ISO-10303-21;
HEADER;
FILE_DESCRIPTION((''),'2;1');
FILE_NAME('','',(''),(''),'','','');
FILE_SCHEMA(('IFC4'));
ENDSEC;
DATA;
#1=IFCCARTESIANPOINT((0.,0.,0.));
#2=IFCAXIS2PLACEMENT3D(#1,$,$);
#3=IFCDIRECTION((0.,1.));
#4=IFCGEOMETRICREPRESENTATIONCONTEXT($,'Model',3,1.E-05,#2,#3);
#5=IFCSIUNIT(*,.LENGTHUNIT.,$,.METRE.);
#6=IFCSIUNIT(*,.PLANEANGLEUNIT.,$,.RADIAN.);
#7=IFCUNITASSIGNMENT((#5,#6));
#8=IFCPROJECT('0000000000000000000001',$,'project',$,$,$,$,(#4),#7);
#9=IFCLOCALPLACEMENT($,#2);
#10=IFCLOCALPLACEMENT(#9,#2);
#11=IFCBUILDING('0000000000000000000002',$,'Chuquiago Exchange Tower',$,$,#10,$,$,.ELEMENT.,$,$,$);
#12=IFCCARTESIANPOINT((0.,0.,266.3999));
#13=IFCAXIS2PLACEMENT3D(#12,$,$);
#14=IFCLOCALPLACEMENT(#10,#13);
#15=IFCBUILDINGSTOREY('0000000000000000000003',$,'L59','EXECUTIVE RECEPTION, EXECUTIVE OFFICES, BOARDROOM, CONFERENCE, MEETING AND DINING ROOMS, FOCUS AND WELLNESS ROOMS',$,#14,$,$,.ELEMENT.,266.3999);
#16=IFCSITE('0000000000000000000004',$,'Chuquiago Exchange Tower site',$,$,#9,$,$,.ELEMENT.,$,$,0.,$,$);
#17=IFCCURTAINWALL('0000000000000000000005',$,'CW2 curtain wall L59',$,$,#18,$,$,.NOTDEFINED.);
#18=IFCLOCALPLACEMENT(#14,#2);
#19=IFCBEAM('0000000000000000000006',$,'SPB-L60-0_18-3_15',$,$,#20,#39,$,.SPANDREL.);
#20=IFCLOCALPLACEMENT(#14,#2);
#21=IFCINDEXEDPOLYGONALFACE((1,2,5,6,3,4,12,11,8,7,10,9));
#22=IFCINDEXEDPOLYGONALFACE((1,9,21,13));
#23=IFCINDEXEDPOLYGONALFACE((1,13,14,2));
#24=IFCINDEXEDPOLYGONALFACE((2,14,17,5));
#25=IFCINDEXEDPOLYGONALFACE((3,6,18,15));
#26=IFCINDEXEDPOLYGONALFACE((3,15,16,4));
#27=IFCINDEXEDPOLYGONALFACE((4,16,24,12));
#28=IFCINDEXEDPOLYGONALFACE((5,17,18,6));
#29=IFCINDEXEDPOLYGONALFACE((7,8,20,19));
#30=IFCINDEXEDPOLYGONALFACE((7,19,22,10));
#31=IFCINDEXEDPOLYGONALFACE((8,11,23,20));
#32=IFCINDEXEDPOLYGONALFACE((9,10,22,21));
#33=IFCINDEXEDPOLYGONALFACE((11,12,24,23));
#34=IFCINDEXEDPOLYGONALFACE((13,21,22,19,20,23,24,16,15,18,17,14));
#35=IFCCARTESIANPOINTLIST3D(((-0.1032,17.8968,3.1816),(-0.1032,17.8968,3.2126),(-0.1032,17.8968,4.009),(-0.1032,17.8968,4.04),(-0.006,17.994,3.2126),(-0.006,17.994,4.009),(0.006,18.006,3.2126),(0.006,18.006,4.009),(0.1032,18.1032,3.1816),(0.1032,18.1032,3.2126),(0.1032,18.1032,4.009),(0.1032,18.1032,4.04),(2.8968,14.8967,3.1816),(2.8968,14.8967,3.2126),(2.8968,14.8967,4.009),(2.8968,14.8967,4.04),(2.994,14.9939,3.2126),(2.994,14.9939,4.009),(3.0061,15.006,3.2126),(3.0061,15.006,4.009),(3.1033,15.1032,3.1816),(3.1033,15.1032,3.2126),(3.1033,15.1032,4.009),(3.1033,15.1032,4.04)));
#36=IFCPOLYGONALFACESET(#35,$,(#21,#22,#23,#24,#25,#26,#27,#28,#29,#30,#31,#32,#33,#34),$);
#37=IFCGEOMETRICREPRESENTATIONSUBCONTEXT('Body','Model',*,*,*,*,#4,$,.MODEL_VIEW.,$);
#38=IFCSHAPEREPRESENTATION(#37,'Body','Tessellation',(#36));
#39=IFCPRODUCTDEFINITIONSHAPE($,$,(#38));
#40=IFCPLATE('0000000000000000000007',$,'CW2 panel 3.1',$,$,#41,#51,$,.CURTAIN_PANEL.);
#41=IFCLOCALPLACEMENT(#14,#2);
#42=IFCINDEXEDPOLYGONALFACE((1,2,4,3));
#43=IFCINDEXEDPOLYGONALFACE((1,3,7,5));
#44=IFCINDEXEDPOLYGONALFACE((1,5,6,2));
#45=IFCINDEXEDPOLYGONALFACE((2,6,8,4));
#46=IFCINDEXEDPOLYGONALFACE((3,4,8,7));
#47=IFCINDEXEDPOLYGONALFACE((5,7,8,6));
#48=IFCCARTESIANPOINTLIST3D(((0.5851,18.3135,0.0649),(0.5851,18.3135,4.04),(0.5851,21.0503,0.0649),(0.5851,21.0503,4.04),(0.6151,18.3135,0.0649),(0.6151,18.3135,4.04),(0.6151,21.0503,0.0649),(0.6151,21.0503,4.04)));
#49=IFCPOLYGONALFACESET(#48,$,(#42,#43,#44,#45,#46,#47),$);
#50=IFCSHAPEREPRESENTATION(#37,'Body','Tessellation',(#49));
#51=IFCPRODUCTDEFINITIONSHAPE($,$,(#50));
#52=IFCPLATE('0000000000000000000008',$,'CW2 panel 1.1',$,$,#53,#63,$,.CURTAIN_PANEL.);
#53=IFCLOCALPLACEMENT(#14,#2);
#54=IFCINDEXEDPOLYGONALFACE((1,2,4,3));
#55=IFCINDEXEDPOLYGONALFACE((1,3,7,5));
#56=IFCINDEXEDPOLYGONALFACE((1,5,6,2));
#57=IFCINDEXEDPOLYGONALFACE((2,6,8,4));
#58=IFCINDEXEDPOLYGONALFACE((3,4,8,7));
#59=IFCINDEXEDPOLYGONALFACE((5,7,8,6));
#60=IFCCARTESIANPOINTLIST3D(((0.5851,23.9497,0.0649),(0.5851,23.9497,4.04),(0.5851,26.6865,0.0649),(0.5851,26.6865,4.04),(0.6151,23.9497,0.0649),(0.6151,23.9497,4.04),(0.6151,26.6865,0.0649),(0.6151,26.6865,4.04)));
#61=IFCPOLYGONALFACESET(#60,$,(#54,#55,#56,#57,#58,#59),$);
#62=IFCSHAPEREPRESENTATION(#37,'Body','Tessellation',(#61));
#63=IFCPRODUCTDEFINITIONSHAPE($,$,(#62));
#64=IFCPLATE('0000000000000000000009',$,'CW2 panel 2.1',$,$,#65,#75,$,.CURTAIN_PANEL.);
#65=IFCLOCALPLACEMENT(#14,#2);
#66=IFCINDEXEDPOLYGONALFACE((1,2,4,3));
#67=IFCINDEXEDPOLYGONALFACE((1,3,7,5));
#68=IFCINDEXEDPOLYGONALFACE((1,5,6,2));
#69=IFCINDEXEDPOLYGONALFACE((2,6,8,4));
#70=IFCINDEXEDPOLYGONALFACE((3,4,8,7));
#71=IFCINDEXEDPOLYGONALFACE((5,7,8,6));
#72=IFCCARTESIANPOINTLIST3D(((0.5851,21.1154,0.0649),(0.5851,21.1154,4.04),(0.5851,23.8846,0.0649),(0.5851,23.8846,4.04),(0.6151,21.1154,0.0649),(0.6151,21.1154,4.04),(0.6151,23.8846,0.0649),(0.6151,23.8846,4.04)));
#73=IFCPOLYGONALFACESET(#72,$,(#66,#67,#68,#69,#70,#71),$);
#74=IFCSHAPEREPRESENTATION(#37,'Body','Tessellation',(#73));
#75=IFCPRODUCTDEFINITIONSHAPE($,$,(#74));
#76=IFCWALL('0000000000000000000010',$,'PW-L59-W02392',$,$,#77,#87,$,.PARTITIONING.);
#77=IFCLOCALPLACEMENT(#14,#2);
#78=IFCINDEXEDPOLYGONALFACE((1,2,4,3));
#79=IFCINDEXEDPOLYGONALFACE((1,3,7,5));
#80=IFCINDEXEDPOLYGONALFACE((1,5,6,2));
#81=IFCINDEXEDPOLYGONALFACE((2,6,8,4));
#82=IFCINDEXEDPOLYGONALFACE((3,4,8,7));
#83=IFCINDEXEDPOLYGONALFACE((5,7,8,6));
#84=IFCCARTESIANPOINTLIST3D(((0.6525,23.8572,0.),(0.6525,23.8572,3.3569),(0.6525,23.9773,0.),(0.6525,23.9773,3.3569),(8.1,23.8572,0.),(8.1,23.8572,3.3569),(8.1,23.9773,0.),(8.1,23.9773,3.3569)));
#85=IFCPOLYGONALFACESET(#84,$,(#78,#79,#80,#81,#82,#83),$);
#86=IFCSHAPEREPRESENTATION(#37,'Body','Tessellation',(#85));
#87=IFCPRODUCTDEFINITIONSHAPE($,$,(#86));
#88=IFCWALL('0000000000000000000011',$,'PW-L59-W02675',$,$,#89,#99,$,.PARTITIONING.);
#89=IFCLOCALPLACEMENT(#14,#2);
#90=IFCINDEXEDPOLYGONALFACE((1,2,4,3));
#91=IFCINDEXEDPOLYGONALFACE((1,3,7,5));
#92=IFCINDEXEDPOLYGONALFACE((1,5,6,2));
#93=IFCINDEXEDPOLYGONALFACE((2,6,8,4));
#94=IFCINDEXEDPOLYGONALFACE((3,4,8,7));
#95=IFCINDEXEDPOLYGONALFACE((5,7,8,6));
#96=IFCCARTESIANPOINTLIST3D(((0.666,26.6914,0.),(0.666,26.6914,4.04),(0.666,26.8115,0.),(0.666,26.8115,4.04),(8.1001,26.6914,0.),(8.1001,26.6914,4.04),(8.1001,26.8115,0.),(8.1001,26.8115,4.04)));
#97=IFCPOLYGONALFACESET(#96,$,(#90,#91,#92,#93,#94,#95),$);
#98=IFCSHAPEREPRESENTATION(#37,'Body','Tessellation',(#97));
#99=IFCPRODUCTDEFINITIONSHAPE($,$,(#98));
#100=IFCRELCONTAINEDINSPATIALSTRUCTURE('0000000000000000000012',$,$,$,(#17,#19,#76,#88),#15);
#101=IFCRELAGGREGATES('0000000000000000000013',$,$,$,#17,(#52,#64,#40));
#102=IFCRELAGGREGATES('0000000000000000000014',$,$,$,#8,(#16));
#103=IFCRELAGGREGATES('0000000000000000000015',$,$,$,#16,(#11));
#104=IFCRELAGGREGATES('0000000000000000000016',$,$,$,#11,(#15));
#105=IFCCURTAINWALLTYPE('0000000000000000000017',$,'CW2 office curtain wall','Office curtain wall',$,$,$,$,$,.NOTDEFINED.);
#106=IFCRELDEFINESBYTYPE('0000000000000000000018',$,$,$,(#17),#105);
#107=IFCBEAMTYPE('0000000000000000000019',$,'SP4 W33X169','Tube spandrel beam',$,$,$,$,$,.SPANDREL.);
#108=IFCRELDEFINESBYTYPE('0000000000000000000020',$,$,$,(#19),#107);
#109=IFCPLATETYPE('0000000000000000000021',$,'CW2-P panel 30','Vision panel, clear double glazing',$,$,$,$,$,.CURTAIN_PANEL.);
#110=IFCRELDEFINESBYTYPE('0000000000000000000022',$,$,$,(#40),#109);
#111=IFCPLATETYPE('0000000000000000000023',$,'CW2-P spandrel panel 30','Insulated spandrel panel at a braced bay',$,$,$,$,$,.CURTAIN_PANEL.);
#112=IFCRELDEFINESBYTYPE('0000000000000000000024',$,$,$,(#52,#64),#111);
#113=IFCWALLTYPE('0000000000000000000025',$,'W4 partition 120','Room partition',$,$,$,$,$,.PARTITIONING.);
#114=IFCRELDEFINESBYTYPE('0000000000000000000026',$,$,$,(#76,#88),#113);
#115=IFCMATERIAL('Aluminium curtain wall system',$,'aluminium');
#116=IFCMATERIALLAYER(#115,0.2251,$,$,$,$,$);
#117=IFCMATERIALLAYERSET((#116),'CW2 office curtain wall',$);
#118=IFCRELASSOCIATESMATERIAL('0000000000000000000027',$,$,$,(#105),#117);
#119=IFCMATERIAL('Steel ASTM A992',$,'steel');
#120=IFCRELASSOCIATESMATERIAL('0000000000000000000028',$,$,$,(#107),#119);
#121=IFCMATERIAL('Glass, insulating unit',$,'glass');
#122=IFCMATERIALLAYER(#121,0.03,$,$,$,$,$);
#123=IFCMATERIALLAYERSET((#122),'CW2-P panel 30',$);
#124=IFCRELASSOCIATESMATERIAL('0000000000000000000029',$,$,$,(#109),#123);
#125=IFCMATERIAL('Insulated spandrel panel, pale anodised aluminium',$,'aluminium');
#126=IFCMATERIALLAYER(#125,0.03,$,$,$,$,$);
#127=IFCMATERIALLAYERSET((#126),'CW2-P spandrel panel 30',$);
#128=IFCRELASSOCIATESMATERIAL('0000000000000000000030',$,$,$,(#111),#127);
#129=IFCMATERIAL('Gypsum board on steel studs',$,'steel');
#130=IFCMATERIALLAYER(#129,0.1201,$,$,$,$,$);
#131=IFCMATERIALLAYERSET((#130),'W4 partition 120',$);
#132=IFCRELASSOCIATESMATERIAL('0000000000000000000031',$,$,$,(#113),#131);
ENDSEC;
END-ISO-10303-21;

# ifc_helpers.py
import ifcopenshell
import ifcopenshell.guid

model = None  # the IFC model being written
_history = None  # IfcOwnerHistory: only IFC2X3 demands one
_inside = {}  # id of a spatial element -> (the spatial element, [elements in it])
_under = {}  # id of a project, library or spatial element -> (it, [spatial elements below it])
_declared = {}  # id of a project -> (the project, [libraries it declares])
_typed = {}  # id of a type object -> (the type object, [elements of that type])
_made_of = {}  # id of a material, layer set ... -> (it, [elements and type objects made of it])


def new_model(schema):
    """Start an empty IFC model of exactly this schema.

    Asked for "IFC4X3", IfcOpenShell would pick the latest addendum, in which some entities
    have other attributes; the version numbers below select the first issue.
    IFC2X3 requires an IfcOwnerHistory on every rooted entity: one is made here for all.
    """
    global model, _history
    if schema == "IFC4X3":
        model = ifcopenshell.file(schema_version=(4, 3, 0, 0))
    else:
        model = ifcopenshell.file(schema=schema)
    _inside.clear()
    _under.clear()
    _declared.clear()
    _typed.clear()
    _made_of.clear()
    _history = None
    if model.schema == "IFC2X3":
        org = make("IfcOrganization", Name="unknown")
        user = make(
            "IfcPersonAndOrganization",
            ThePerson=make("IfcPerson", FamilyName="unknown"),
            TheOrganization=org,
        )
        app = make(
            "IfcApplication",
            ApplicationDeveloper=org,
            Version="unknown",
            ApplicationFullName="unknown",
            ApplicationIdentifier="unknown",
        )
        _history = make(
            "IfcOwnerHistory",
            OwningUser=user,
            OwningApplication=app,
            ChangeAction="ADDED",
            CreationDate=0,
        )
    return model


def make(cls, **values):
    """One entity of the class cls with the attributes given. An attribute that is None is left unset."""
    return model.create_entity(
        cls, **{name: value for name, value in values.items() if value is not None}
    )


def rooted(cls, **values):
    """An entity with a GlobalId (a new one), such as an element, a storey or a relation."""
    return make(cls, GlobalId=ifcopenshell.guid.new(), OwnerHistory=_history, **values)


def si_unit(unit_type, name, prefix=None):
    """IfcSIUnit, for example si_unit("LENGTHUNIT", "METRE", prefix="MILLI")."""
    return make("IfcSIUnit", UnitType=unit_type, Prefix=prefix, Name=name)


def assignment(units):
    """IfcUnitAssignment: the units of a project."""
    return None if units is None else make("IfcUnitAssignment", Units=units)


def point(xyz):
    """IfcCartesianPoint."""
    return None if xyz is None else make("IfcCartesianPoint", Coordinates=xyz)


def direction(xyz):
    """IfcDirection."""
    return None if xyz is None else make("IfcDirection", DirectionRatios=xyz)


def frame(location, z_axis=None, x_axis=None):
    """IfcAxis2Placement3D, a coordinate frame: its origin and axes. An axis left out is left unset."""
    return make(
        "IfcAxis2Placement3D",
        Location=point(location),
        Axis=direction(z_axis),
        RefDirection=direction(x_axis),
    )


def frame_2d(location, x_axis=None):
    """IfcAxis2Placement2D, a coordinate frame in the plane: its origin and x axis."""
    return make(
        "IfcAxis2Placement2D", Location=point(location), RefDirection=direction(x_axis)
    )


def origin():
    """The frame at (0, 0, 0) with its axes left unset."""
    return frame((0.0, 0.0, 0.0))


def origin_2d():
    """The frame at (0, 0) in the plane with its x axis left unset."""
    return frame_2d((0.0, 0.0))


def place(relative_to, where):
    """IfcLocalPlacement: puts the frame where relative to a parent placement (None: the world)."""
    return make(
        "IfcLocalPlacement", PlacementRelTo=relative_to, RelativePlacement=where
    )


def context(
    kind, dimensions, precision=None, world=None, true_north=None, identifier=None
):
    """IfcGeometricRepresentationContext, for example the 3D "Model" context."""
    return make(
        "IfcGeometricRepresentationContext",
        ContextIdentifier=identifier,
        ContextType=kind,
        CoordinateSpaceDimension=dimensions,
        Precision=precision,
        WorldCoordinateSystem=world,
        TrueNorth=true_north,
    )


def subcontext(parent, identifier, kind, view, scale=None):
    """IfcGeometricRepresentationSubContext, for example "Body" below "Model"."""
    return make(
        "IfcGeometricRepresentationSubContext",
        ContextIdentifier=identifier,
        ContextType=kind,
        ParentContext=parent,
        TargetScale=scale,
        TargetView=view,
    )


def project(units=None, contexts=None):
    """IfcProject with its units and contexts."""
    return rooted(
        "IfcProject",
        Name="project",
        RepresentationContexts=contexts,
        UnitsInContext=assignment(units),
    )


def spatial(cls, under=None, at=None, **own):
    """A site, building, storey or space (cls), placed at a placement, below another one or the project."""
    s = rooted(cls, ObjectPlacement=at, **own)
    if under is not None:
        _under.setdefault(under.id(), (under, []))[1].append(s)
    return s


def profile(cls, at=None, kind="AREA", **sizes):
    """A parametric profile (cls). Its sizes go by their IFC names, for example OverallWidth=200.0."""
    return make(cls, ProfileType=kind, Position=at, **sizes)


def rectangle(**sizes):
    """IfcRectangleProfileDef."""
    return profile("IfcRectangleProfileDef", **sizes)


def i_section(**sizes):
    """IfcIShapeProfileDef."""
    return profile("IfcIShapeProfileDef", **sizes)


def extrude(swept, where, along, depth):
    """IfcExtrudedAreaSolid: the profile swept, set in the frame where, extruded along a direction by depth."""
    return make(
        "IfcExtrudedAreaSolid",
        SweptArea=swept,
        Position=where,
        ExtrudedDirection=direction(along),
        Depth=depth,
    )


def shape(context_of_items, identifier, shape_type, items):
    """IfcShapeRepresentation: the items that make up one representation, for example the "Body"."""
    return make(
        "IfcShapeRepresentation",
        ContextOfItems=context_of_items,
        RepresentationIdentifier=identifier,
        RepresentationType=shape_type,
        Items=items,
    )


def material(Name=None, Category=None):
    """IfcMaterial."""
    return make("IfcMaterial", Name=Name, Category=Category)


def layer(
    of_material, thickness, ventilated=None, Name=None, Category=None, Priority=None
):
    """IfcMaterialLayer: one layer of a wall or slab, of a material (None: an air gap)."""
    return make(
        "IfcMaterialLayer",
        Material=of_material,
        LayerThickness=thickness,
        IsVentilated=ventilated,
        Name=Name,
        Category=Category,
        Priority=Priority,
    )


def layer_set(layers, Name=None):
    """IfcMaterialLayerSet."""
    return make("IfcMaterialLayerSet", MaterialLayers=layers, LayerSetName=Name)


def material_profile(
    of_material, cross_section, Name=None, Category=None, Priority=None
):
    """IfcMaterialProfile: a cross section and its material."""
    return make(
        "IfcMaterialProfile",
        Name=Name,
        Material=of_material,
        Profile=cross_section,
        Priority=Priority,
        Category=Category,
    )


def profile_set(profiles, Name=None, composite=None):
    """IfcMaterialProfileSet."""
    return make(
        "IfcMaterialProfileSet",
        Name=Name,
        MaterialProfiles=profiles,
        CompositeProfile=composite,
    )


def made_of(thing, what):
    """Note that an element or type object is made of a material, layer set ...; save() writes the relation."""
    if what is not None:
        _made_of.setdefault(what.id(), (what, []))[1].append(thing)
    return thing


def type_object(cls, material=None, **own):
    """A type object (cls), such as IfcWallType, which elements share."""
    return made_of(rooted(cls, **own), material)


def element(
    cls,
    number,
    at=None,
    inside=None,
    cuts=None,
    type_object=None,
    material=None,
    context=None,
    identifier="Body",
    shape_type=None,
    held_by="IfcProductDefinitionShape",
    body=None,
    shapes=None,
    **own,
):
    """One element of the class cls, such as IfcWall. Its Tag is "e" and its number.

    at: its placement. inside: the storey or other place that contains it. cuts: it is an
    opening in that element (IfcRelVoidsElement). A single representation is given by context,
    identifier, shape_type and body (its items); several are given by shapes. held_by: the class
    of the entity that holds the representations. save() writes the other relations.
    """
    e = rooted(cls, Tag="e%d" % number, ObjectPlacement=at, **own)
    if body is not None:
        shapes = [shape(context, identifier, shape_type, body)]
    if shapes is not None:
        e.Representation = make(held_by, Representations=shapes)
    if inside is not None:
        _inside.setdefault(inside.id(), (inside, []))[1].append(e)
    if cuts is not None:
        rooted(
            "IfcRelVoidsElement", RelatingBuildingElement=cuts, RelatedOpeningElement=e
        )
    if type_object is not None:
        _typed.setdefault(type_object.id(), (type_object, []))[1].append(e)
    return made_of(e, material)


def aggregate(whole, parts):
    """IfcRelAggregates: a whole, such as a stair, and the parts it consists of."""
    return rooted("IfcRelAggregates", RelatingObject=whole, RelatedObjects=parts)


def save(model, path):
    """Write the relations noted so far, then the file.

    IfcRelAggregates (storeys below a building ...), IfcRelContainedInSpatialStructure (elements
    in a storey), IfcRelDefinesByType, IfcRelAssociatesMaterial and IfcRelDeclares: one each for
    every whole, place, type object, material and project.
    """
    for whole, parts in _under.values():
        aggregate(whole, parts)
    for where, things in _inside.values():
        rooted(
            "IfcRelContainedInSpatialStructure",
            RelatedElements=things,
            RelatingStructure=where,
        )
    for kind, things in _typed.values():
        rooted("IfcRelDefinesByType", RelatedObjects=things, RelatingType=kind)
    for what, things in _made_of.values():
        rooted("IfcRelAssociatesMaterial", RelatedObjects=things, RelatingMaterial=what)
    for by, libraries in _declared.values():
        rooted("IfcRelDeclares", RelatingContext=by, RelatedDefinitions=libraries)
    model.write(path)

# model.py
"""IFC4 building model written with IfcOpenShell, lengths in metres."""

from ifc_helpers import new_model, si_unit, direction, frame, frame_2d, origin, origin_2d, place, context, subcontext, project, spatial, rectangle, i_section, extrude, material, layer, layer_set, material_profile, profile_set, type_object, element, aggregate, save


model = new_model("IFC4")

# Units and contexts
model_context = context("Model", 3, precision=1e-05, world=origin(), true_north=direction((0.0, 1.0)))
body_context = subcontext(model_context, "Body", "Model", "MODEL_VIEW")
ifc_project = project(units=[si_unit("LENGTHUNIT", "METRE"), si_unit("PLANEANGLEUNIT", "RADIAN")], contexts=[model_context])

# Site, building, storey
site_placement = place(None, origin())
site = spatial("IfcSite", under=ifc_project, at=site_placement, Name="Chuquiago Exchange Tower site", CompositionType="ELEMENT", RefElevation=0.0)
building_placement = place(site_placement, origin())
building = spatial("IfcBuilding", under=site, at=building_placement, Name="Chuquiago Exchange Tower", CompositionType="ELEMENT")
storey_placement = place(building_placement, frame((0.0, 0.0, 266.3999)))
storey = spatial("IfcBuildingStorey", under=building, at=storey_placement, Name="L59", Description="EXECUTIVE RECEPTION, EXECUTIVE OFFICES, BOARDROOM, CONFERENCE, MEETING AND DINING ROOMS, FOCUS AND WELLNESS ROOMS", CompositionType="ELEMENT", Elevation=266.3999)

# Curtain wall
ifc_material_1 = material(Name="Aluminium curtain wall system", Category="aluminium")
ifc_layer_1 = layer(ifc_material_1, 0.2251)
ifc_layer_set_1 = layer_set([ifc_layer_1], Name="CW2 office curtain wall")
curtain_wall_type_1 = type_object("IfcCurtainWallType", Name="CW2 office curtain wall", Description="Office curtain wall", PredefinedType="NOTDEFINED", material=ifc_layer_set_1)
curtain_wall_1_placement = place(storey_placement, origin())
curtain_wall_1 = element("IfcCurtainWall", 1, at=curtain_wall_1_placement, inside=storey, type_object=curtain_wall_type_1, Name="CW2 curtain wall L59", PredefinedType="NOTDEFINED")

# Beam
ifc_material_2 = material(Name="Steel ASTM A992", Category="steel")
ifc_material_profile_1 = material_profile(ifc_material_2, i_section(OverallWidth=0.292, OverallDepth=0.8584, WebThickness=0.0171, FlangeThickness=0.031, at=origin_2d()), Name="W33X169")
ifc_profile_set_1 = profile_set([ifc_material_profile_1], Name="Steel ASTM A992")
beam_type_1 = type_object("IfcBeamType", Name="SP4 W33X169", Description="Tube spandrel beam", PredefinedType="SPANDREL", material=ifc_profile_set_1)
beam_placement = place(storey_placement, frame((0.0, 18.0, 3.6108), z_axis=(0.707107, -0.707107, 0.0), x_axis=(0.707107, 0.707107, 0.0)))
element("IfcBeam", 2, at=beam_placement, inside=storey, type_object=beam_type_1, Name="SPB-L60-0_18-3_15", PredefinedType="SPANDREL", context=body_context, shape_type="SweptSolid", body=[
    extrude(i_section(OverallWidth=0.292, OverallDepth=0.8584, WebThickness=0.0171, FlangeThickness=0.031, at=origin_2d()), origin(), (0.0, 0.0, 1.0), 4.2427),
])

# Plates
ifc_material_3 = material(Name="Glass, insulating unit", Category="glass")
ifc_layer_2 = layer(ifc_material_3, 0.03)
ifc_layer_set_2 = layer_set([ifc_layer_2], Name="CW2-P panel 30")
plate_type_1 = type_object("IfcPlateType", Name="CW2-P panel 30", Description="Vision panel, clear double glazing", PredefinedType="CURTAIN_PANEL", material=ifc_layer_set_2)
plate_1_placement = place(storey_placement, frame((0.6001, 19.6819, 0.0649), z_axis=(0.0, 0.0, 1.0), x_axis=(0.0, -1.0, 0.0)))
plate_1 = element("IfcPlate", 3, at=plate_1_placement, type_object=plate_type_1, Name="CW2 panel 3.1", PredefinedType="CURTAIN_PANEL", context=body_context, shape_type="SweptSolid", body=[
    extrude(rectangle(XDim=2.7368, YDim=0.03, at=origin_2d()), origin(), (0.0, 0.0, 1.0), 3.9751),
])
ifc_material_4 = material(Name="Insulated spandrel panel, pale anodised aluminium", Category="aluminium")
ifc_layer_3 = layer(ifc_material_4, 0.03)
ifc_layer_set_3 = layer_set([ifc_layer_3], Name="CW2-P spandrel panel 30")
plate_type_2 = type_object("IfcPlateType", Name="CW2-P spandrel panel 30", Description="Insulated spandrel panel at a braced bay", PredefinedType="CURTAIN_PANEL", material=ifc_layer_set_3)
plate_2_placement = place(storey_placement, frame((0.6001, 25.3181, 0.0649), z_axis=(0.0, 0.0, 1.0), x_axis=(0.0, -1.0, 0.0)))
plate_2 = element("IfcPlate", 4, at=plate_2_placement, type_object=plate_type_2, Name="CW2 panel 1.1", PredefinedType="CURTAIN_PANEL", context=body_context, shape_type="SweptSolid", body=[
    extrude(rectangle(XDim=2.7368, YDim=0.03, at=origin_2d()), origin(), (0.0, 0.0, 1.0), 3.9751),
])
plate_3_placement = place(storey_placement, frame((0.6001, 22.5, 0.0649), z_axis=(0.0, 0.0, 1.0), x_axis=(0.0, -1.0, 0.0)))
plate_3 = element("IfcPlate", 5, at=plate_3_placement, type_object=plate_type_2, Name="CW2 panel 2.1", PredefinedType="CURTAIN_PANEL", context=body_context, shape_type="SweptSolid", body=[
    extrude(rectangle(XDim=2.7693, YDim=0.03, at=origin_2d()), origin(), (0.0, 0.0, 1.0), 3.9751),
])
aggregate(curtain_wall_1, [plate_2, plate_3, plate_1])

# Walls
ifc_material_5 = material(Name="Gypsum board on steel studs", Category="steel")
ifc_layer_4 = layer(ifc_material_5, 0.1201)
ifc_layer_set_4 = layer_set([ifc_layer_4], Name="W4 partition 120")
wall_type = type_object("IfcWallType", Name="W4 partition 120", Description="Room partition", PredefinedType="PARTITIONING", material=ifc_layer_set_4)
wall_1_placement = place(storey_placement, frame((0.6526, 23.9172, 0.0), z_axis=(0.0, 0.0, 1.0), x_axis=(1.0, 0.0, 0.0)))
element("IfcWall", 6, at=wall_1_placement, inside=storey, type_object=wall_type, Name="PW-L59-W02392", PredefinedType="PARTITIONING", context=body_context, shape_type="SweptSolid", body=[
    extrude(rectangle(XDim=7.4475, YDim=0.1201, at=frame_2d((3.7236, 0.0))), origin(), (0.0, 0.0, 1.0), 3.3569),
])
wall_2_placement = place(storey_placement, frame((0.666, 26.7515, 0.0), z_axis=(0.0, 0.0, 1.0), x_axis=(1.0, 0.0, 0.0)))
element("IfcWall", 7, at=wall_2_placement, inside=storey, type_object=wall_type, Name="PW-L59-W02675", PredefinedType="PARTITIONING", context=body_context, shape_type="SweptSolid", body=[
    extrude(rectangle(XDim=7.4341, YDim=0.1201, at=frame_2d((3.717, 0.0))), origin(), (0.0, 0.0, 1.0), 4.04),
])

save(model, "model.ifc")
